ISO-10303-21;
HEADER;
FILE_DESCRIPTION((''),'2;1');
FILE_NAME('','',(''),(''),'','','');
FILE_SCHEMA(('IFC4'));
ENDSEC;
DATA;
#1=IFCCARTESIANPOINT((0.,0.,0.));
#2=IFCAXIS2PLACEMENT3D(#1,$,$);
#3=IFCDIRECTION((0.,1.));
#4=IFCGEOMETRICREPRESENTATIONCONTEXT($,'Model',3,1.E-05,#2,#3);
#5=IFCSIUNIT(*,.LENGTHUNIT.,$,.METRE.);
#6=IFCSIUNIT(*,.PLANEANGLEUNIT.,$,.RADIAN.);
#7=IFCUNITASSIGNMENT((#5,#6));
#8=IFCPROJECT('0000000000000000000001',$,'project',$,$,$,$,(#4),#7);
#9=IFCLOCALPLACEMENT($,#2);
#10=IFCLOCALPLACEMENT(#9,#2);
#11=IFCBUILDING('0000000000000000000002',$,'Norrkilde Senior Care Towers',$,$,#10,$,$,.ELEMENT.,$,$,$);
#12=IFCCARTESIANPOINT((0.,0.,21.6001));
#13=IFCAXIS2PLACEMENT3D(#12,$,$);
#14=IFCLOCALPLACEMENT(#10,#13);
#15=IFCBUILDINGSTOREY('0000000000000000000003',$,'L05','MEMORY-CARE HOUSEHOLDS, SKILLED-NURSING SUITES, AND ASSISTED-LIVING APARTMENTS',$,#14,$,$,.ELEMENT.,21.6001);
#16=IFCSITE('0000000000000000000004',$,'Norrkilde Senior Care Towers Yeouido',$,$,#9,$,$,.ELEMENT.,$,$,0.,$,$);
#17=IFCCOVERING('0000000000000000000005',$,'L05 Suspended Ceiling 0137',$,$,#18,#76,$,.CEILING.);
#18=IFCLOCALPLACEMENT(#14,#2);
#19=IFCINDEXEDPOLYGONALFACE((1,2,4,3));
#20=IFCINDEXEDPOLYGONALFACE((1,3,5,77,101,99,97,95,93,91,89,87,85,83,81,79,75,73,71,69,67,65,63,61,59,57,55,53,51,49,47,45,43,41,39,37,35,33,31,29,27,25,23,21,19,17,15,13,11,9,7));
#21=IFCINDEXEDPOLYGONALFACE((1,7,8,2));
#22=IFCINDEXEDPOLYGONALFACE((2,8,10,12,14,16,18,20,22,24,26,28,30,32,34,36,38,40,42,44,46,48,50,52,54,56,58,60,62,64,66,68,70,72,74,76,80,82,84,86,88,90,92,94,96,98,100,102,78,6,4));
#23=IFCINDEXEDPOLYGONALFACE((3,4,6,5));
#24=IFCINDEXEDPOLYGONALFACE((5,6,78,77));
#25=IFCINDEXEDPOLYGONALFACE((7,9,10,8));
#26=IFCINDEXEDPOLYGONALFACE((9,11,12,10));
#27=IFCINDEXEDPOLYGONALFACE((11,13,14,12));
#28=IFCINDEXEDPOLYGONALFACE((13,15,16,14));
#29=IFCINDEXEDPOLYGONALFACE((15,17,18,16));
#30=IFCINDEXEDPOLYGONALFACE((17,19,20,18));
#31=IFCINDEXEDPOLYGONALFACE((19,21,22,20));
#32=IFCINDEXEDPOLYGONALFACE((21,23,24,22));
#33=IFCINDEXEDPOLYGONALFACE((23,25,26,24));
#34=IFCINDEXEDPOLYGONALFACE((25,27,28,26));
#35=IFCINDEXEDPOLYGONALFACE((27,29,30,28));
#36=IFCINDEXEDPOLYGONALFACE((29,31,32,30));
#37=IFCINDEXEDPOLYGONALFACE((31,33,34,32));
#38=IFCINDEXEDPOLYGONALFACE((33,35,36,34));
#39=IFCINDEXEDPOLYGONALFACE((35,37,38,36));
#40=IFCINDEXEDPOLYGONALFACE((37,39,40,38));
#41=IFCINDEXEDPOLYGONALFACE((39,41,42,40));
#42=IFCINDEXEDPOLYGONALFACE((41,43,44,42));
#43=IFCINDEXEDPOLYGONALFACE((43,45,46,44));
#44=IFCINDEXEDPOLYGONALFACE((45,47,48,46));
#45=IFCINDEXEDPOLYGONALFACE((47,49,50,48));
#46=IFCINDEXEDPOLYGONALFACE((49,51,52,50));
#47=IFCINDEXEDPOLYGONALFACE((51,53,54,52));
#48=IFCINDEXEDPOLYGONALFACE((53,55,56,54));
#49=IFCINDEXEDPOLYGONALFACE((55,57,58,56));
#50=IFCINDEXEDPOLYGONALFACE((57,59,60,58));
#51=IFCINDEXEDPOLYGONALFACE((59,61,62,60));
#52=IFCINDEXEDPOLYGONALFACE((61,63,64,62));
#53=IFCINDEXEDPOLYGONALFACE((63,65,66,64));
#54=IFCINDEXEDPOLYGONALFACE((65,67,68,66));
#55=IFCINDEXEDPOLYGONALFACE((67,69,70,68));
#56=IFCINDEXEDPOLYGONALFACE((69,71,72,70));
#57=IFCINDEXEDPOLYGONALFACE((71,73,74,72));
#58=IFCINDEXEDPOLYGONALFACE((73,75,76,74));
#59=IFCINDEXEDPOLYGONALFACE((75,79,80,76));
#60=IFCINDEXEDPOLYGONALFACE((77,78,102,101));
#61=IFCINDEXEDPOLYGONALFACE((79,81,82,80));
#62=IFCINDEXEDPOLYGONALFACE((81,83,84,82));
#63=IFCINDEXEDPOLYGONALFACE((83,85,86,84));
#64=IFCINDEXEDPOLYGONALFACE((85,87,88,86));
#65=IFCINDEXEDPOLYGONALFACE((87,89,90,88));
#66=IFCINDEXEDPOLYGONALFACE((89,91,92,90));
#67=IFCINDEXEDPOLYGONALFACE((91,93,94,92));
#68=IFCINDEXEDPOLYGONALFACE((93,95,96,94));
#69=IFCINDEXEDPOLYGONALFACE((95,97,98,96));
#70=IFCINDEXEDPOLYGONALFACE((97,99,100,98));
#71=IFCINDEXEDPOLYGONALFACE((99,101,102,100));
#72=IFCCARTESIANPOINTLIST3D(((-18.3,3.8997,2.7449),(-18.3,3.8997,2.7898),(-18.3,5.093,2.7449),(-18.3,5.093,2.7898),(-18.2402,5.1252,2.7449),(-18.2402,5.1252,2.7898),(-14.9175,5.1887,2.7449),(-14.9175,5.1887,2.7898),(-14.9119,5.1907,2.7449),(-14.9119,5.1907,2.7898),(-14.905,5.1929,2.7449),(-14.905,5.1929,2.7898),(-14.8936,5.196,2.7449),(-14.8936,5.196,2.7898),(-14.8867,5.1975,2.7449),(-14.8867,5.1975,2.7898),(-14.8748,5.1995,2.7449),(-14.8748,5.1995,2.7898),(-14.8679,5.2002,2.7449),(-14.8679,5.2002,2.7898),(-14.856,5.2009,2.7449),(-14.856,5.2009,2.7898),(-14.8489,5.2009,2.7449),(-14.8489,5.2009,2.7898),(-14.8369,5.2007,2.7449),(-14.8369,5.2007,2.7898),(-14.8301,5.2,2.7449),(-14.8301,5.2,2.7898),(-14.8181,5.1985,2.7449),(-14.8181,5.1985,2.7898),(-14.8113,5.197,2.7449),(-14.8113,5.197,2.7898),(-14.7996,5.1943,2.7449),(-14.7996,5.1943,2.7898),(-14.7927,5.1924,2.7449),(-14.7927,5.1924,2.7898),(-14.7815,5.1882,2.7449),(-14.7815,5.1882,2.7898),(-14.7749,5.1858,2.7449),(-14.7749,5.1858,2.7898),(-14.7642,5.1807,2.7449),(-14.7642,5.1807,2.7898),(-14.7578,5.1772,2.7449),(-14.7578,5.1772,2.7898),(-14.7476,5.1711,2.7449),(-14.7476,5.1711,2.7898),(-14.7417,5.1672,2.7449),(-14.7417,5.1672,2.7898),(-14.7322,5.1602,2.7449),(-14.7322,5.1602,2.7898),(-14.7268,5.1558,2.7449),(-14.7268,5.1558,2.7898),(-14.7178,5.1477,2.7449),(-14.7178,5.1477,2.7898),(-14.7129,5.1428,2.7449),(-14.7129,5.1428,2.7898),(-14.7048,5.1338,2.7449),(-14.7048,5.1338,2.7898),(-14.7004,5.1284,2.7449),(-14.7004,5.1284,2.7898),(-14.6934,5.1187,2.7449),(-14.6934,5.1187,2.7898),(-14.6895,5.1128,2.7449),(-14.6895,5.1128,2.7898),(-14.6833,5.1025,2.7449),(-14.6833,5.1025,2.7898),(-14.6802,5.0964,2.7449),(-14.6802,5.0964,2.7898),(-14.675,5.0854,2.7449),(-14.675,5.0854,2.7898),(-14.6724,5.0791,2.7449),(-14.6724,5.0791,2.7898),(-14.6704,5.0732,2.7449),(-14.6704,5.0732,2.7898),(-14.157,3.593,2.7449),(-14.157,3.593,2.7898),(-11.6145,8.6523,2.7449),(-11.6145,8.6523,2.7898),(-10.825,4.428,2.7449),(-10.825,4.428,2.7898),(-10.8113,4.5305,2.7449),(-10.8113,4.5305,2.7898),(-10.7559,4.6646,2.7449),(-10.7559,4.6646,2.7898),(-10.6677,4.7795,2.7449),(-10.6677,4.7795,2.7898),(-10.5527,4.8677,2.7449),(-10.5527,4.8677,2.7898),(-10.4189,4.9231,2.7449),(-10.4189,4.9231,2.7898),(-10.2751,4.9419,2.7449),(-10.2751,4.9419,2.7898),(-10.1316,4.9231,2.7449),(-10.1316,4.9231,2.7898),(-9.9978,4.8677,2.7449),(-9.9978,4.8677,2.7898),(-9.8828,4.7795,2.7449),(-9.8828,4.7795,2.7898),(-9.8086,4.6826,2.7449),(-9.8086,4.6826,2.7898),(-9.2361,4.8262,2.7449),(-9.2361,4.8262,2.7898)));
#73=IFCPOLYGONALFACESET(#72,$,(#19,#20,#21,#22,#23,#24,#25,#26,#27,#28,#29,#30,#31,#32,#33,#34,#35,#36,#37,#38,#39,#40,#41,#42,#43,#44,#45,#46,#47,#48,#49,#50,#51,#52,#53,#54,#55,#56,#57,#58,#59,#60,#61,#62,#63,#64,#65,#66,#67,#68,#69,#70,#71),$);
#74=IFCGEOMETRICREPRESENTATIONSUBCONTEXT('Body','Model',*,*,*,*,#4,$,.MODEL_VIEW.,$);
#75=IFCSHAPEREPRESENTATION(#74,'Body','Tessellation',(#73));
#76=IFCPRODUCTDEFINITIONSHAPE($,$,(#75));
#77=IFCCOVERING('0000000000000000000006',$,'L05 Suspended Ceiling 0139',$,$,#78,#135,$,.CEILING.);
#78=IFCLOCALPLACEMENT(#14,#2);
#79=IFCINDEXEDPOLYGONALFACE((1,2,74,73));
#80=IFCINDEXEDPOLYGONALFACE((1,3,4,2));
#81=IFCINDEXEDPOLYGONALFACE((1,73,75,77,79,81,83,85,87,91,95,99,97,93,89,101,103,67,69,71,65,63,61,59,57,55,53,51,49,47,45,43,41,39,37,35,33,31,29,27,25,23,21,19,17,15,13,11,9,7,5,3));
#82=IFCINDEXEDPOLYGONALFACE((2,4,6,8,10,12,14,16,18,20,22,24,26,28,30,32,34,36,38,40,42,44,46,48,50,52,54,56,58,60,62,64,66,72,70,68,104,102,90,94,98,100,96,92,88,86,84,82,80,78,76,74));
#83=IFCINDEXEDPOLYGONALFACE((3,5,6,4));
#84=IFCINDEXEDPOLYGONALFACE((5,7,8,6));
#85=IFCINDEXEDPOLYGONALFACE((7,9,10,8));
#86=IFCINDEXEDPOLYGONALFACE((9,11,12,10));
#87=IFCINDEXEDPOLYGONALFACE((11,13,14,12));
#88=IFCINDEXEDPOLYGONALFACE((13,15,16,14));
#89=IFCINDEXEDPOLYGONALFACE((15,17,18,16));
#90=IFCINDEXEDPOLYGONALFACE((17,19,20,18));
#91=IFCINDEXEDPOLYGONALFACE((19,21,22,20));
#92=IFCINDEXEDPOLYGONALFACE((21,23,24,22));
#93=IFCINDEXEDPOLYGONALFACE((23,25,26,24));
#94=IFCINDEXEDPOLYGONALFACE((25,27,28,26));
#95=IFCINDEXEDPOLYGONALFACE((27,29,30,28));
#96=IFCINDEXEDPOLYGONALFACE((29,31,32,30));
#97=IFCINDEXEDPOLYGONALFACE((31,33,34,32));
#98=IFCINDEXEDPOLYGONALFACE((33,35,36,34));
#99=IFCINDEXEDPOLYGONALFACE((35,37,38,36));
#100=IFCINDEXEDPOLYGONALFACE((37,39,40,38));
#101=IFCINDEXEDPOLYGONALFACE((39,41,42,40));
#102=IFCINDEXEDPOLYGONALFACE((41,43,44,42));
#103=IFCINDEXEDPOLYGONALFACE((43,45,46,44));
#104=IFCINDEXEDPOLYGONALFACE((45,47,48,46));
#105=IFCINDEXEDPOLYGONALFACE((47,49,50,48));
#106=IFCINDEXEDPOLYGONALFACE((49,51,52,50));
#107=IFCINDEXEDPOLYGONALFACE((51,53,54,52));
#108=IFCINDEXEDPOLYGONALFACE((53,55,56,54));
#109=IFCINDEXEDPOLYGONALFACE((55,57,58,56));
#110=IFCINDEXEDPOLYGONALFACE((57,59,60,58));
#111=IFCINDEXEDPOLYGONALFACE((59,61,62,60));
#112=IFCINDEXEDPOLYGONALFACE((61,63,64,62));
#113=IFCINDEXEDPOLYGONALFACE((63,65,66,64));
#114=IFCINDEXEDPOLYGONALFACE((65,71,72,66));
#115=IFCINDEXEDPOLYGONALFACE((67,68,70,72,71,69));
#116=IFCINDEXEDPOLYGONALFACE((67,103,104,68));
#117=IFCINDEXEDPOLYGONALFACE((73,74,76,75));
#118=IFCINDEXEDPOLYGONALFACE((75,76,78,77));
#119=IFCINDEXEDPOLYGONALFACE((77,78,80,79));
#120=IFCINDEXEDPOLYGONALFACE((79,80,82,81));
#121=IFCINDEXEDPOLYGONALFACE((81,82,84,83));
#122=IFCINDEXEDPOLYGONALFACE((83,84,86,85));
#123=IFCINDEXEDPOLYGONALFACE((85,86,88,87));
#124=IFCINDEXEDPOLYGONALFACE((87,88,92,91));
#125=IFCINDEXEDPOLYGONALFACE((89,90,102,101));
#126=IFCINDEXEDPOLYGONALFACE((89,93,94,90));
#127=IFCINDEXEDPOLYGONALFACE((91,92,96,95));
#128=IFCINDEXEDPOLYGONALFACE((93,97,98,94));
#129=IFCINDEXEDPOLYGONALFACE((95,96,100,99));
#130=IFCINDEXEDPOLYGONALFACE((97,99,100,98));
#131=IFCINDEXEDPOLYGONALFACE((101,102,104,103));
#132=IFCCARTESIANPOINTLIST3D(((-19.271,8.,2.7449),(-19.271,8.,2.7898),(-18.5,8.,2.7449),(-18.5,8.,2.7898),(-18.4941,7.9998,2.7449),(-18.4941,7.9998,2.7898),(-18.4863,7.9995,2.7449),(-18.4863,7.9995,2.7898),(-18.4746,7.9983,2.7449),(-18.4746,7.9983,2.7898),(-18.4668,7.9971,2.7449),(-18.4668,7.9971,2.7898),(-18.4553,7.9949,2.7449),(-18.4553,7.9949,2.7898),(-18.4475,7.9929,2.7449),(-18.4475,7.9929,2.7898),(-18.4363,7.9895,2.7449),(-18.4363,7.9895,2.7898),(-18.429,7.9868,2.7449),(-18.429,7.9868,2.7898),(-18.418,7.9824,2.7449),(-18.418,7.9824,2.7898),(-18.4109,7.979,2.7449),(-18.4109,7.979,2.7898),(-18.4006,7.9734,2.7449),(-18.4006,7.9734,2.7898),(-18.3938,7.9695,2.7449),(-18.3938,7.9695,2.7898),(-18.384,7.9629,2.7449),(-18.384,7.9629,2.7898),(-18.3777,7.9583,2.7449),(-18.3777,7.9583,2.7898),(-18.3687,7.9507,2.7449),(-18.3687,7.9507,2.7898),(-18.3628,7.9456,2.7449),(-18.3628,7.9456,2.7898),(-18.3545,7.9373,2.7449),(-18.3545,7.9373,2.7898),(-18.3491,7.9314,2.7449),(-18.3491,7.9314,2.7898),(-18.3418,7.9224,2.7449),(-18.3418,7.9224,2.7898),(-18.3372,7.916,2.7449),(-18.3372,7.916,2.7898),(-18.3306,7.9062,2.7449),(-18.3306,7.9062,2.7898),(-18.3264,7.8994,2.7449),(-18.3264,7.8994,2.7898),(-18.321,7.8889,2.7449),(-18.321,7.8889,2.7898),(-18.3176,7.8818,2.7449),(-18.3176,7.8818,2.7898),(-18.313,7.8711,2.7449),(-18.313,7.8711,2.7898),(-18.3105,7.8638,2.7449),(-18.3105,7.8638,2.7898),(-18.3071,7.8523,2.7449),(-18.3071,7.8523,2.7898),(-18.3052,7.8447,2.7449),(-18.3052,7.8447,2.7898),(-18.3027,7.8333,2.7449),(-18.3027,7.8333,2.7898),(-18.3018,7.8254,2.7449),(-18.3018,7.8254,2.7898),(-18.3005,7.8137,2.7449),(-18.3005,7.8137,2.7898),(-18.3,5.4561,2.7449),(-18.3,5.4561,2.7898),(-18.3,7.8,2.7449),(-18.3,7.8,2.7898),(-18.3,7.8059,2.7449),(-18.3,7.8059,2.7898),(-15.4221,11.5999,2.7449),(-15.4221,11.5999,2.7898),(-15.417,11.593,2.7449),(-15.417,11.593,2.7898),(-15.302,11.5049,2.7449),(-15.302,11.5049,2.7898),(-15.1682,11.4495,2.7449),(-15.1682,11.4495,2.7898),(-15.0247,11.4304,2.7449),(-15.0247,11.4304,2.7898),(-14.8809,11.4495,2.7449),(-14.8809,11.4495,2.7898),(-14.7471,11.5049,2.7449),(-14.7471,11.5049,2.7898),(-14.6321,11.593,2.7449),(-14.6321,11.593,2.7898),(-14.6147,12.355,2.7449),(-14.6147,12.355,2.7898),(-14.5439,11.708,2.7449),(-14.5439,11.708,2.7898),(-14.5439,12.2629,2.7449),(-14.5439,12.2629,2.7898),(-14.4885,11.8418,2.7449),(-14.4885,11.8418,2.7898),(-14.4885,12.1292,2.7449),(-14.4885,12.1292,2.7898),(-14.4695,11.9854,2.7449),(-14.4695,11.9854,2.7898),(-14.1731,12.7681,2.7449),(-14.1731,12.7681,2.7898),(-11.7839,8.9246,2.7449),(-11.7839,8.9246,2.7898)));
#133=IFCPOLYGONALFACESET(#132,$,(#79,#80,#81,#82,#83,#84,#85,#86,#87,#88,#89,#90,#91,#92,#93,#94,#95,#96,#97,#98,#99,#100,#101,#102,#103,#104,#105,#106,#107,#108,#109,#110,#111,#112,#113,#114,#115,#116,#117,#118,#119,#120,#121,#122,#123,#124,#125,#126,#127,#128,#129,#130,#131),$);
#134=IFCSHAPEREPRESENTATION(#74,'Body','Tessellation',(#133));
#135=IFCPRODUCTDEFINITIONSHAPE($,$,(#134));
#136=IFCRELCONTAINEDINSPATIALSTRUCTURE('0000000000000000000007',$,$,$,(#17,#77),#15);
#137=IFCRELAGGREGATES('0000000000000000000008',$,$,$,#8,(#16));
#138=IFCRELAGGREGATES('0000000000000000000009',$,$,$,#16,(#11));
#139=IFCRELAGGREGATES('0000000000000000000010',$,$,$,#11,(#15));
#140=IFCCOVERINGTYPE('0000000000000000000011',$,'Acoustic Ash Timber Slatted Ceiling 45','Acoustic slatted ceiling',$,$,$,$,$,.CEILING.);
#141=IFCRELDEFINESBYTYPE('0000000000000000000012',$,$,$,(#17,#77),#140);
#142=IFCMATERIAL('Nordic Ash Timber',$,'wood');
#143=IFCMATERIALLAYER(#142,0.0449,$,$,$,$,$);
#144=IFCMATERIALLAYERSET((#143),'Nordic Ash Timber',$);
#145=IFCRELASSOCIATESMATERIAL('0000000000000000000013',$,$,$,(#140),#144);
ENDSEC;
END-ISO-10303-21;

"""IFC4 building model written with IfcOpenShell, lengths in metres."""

from ifc_helpers import new_model, si_unit, direction, frame, origin, place, context, subcontext, project, spatial, polyline, outline, extrude, material, layer, layer_set, type_object, element, save


model = new_model("IFC4")

# Units and contexts
model_context = context("Model", 3, precision=1e-05, world=origin(), true_north=direction((0.0, 1.0)))
body_context = subcontext(model_context, "Body", "Model", "MODEL_VIEW")
ifc_project = project(units=[si_unit("LENGTHUNIT", "METRE"), si_unit("PLANEANGLEUNIT", "RADIAN")], contexts=[model_context])

# Site, building, storey
site_placement = place(None, origin())
site = spatial("IfcSite", under=ifc_project, at=site_placement, Name="Norrkilde Senior Care Towers Yeouido", CompositionType="ELEMENT", RefElevation=0.0)
building_placement = place(site_placement, origin())
building = spatial("IfcBuilding", under=site, at=building_placement, Name="Norrkilde Senior Care Towers", CompositionType="ELEMENT")
storey_placement = place(building_placement, frame((0.0, 0.0, 21.6001)))
storey = spatial("IfcBuildingStorey", under=building, at=storey_placement, Name="L05", Description="MEMORY-CARE HOUSEHOLDS, SKILLED-NURSING SUITES, AND ASSISTED-LIVING APARTMENTS", CompositionType="ELEMENT", Elevation=21.6001)

# Coverings
ifc_material_1 = material(Name="Nordic Ash Timber", Category="wood")
ifc_layer_1 = layer(ifc_material_1, 0.0449)
ifc_layer_set_1 = layer_set([ifc_layer_1], Name="Nordic Ash Timber")
covering_type_1 = type_object("IfcCoveringType", Name="Acoustic Ash Timber Slatted Ceiling 45", Description="Acoustic slatted ceiling", PredefinedType="CEILING", material=ifc_layer_set_1)
covering_1_placement = place(storey_placement, frame((0.0, 0.0, 2.7449)))
element("IfcCovering", 1, at=covering_1_placement, inside=storey, type_object=covering_type_1, Name="L05 Suspended Ceiling 0137", PredefinedType="CEILING", context=body_context, shape_type="SweptSolid", body=[
    extrude(outline(polyline([(-14.6895, 5.1128), (-14.6934, 5.1187), (-14.7004, 5.1284), (-14.7048, 5.1338), (-14.7129, 5.1428), (-14.7178, 5.1477), (-14.7268, 5.1558), (-14.7322, 5.1602), (-14.7417, 5.1672), (-14.7476, 5.1711), (-14.7578, 5.1772), (-14.7642, 5.1807), (-14.7749, 5.1858), (-14.7815, 5.1882), (-14.7927, 5.1924), (-14.7996, 5.1943), (-14.8113, 5.197), (-14.8181, 5.1985), (-14.8301, 5.2), (-14.8369, 5.2007), (-14.8489, 5.2009), (-14.856, 5.2009), (-14.8679, 5.2002), (-14.8748, 5.1995), (-14.8867, 5.1975), (-14.8936, 5.196), (-14.905, 5.1929), (-14.9119, 5.1907), (-14.9175, 5.1887), (-18.3, 3.8997), (-18.3, 5.093), (-18.2402, 5.1252), (-11.6145, 8.6523), (-9.2361, 4.8262), (-9.8086, 4.6826), (-9.8828, 4.7795), (-9.9978, 4.8677), (-10.1316, 4.9231), (-10.2751, 4.9419), (-10.4189, 4.9231), (-10.5527, 4.8677), (-10.6677, 4.7795), (-10.7559, 4.6646), (-10.8113, 4.5305), (-10.825, 4.428), (-14.157, 3.593), (-14.6704, 5.0732), (-14.6724, 5.0791), (-14.675, 5.0854), (-14.6802, 5.0964), (-14.6833, 5.1025), (-14.6895, 5.1128)])), origin(), (0.0, 0.0, 1.0), 0.0449),
])
covering_2_placement = place(storey_placement, frame((0.0, 0.0, 2.7449)))
element("IfcCovering", 2, at=covering_2_placement, inside=storey, type_object=covering_type_1, Name="L05 Suspended Ceiling 0139", PredefinedType="CEILING", context=body_context, shape_type="SweptSolid", body=[
    extrude(outline(polyline([(-18.3052, 7.8447), (-18.3071, 7.8523), (-18.3105, 7.8638), (-18.313, 7.8711), (-18.3176, 7.8818), (-18.321, 7.8889), (-18.3264, 7.8994), (-18.3306, 7.9062), (-18.3372, 7.916), (-18.3418, 7.9224), (-18.3491, 7.9314), (-18.3545, 7.9373), (-18.3628, 7.9456), (-18.3687, 7.9507), (-18.3777, 7.9583), (-18.384, 7.9629), (-18.3938, 7.9695), (-18.4006, 7.9734), (-18.4109, 7.979), (-18.418, 7.9824), (-18.429, 7.9868), (-18.4363, 7.9895), (-18.4475, 7.9929), (-18.4553, 7.9949), (-18.4668, 7.9971), (-18.4746, 7.9983), (-18.4863, 7.9995), (-18.4941, 7.9998), (-18.5, 8.0), (-19.271, 8.0), (-15.4221, 11.5999), (-15.417, 11.593), (-15.302, 11.5049), (-15.1682, 11.4495), (-15.0247, 11.4304), (-14.8809, 11.4495), (-14.7471, 11.5049), (-14.6321, 11.593), (-14.5439, 11.708), (-14.4885, 11.8418), (-14.4695, 11.9854), (-14.4885, 12.1292), (-14.5439, 12.2629), (-14.6147, 12.355), (-14.1731, 12.7681), (-11.7839, 8.9246), (-18.3, 5.4561), (-18.3, 7.8), (-18.3, 7.8059), (-18.3005, 7.8137), (-18.3018, 7.8254), (-18.3027, 7.8333), (-18.3052, 7.8447)])), origin(), (0.0, 0.0, 1.0), 0.0449),
])

save(model, "model.ifc")
